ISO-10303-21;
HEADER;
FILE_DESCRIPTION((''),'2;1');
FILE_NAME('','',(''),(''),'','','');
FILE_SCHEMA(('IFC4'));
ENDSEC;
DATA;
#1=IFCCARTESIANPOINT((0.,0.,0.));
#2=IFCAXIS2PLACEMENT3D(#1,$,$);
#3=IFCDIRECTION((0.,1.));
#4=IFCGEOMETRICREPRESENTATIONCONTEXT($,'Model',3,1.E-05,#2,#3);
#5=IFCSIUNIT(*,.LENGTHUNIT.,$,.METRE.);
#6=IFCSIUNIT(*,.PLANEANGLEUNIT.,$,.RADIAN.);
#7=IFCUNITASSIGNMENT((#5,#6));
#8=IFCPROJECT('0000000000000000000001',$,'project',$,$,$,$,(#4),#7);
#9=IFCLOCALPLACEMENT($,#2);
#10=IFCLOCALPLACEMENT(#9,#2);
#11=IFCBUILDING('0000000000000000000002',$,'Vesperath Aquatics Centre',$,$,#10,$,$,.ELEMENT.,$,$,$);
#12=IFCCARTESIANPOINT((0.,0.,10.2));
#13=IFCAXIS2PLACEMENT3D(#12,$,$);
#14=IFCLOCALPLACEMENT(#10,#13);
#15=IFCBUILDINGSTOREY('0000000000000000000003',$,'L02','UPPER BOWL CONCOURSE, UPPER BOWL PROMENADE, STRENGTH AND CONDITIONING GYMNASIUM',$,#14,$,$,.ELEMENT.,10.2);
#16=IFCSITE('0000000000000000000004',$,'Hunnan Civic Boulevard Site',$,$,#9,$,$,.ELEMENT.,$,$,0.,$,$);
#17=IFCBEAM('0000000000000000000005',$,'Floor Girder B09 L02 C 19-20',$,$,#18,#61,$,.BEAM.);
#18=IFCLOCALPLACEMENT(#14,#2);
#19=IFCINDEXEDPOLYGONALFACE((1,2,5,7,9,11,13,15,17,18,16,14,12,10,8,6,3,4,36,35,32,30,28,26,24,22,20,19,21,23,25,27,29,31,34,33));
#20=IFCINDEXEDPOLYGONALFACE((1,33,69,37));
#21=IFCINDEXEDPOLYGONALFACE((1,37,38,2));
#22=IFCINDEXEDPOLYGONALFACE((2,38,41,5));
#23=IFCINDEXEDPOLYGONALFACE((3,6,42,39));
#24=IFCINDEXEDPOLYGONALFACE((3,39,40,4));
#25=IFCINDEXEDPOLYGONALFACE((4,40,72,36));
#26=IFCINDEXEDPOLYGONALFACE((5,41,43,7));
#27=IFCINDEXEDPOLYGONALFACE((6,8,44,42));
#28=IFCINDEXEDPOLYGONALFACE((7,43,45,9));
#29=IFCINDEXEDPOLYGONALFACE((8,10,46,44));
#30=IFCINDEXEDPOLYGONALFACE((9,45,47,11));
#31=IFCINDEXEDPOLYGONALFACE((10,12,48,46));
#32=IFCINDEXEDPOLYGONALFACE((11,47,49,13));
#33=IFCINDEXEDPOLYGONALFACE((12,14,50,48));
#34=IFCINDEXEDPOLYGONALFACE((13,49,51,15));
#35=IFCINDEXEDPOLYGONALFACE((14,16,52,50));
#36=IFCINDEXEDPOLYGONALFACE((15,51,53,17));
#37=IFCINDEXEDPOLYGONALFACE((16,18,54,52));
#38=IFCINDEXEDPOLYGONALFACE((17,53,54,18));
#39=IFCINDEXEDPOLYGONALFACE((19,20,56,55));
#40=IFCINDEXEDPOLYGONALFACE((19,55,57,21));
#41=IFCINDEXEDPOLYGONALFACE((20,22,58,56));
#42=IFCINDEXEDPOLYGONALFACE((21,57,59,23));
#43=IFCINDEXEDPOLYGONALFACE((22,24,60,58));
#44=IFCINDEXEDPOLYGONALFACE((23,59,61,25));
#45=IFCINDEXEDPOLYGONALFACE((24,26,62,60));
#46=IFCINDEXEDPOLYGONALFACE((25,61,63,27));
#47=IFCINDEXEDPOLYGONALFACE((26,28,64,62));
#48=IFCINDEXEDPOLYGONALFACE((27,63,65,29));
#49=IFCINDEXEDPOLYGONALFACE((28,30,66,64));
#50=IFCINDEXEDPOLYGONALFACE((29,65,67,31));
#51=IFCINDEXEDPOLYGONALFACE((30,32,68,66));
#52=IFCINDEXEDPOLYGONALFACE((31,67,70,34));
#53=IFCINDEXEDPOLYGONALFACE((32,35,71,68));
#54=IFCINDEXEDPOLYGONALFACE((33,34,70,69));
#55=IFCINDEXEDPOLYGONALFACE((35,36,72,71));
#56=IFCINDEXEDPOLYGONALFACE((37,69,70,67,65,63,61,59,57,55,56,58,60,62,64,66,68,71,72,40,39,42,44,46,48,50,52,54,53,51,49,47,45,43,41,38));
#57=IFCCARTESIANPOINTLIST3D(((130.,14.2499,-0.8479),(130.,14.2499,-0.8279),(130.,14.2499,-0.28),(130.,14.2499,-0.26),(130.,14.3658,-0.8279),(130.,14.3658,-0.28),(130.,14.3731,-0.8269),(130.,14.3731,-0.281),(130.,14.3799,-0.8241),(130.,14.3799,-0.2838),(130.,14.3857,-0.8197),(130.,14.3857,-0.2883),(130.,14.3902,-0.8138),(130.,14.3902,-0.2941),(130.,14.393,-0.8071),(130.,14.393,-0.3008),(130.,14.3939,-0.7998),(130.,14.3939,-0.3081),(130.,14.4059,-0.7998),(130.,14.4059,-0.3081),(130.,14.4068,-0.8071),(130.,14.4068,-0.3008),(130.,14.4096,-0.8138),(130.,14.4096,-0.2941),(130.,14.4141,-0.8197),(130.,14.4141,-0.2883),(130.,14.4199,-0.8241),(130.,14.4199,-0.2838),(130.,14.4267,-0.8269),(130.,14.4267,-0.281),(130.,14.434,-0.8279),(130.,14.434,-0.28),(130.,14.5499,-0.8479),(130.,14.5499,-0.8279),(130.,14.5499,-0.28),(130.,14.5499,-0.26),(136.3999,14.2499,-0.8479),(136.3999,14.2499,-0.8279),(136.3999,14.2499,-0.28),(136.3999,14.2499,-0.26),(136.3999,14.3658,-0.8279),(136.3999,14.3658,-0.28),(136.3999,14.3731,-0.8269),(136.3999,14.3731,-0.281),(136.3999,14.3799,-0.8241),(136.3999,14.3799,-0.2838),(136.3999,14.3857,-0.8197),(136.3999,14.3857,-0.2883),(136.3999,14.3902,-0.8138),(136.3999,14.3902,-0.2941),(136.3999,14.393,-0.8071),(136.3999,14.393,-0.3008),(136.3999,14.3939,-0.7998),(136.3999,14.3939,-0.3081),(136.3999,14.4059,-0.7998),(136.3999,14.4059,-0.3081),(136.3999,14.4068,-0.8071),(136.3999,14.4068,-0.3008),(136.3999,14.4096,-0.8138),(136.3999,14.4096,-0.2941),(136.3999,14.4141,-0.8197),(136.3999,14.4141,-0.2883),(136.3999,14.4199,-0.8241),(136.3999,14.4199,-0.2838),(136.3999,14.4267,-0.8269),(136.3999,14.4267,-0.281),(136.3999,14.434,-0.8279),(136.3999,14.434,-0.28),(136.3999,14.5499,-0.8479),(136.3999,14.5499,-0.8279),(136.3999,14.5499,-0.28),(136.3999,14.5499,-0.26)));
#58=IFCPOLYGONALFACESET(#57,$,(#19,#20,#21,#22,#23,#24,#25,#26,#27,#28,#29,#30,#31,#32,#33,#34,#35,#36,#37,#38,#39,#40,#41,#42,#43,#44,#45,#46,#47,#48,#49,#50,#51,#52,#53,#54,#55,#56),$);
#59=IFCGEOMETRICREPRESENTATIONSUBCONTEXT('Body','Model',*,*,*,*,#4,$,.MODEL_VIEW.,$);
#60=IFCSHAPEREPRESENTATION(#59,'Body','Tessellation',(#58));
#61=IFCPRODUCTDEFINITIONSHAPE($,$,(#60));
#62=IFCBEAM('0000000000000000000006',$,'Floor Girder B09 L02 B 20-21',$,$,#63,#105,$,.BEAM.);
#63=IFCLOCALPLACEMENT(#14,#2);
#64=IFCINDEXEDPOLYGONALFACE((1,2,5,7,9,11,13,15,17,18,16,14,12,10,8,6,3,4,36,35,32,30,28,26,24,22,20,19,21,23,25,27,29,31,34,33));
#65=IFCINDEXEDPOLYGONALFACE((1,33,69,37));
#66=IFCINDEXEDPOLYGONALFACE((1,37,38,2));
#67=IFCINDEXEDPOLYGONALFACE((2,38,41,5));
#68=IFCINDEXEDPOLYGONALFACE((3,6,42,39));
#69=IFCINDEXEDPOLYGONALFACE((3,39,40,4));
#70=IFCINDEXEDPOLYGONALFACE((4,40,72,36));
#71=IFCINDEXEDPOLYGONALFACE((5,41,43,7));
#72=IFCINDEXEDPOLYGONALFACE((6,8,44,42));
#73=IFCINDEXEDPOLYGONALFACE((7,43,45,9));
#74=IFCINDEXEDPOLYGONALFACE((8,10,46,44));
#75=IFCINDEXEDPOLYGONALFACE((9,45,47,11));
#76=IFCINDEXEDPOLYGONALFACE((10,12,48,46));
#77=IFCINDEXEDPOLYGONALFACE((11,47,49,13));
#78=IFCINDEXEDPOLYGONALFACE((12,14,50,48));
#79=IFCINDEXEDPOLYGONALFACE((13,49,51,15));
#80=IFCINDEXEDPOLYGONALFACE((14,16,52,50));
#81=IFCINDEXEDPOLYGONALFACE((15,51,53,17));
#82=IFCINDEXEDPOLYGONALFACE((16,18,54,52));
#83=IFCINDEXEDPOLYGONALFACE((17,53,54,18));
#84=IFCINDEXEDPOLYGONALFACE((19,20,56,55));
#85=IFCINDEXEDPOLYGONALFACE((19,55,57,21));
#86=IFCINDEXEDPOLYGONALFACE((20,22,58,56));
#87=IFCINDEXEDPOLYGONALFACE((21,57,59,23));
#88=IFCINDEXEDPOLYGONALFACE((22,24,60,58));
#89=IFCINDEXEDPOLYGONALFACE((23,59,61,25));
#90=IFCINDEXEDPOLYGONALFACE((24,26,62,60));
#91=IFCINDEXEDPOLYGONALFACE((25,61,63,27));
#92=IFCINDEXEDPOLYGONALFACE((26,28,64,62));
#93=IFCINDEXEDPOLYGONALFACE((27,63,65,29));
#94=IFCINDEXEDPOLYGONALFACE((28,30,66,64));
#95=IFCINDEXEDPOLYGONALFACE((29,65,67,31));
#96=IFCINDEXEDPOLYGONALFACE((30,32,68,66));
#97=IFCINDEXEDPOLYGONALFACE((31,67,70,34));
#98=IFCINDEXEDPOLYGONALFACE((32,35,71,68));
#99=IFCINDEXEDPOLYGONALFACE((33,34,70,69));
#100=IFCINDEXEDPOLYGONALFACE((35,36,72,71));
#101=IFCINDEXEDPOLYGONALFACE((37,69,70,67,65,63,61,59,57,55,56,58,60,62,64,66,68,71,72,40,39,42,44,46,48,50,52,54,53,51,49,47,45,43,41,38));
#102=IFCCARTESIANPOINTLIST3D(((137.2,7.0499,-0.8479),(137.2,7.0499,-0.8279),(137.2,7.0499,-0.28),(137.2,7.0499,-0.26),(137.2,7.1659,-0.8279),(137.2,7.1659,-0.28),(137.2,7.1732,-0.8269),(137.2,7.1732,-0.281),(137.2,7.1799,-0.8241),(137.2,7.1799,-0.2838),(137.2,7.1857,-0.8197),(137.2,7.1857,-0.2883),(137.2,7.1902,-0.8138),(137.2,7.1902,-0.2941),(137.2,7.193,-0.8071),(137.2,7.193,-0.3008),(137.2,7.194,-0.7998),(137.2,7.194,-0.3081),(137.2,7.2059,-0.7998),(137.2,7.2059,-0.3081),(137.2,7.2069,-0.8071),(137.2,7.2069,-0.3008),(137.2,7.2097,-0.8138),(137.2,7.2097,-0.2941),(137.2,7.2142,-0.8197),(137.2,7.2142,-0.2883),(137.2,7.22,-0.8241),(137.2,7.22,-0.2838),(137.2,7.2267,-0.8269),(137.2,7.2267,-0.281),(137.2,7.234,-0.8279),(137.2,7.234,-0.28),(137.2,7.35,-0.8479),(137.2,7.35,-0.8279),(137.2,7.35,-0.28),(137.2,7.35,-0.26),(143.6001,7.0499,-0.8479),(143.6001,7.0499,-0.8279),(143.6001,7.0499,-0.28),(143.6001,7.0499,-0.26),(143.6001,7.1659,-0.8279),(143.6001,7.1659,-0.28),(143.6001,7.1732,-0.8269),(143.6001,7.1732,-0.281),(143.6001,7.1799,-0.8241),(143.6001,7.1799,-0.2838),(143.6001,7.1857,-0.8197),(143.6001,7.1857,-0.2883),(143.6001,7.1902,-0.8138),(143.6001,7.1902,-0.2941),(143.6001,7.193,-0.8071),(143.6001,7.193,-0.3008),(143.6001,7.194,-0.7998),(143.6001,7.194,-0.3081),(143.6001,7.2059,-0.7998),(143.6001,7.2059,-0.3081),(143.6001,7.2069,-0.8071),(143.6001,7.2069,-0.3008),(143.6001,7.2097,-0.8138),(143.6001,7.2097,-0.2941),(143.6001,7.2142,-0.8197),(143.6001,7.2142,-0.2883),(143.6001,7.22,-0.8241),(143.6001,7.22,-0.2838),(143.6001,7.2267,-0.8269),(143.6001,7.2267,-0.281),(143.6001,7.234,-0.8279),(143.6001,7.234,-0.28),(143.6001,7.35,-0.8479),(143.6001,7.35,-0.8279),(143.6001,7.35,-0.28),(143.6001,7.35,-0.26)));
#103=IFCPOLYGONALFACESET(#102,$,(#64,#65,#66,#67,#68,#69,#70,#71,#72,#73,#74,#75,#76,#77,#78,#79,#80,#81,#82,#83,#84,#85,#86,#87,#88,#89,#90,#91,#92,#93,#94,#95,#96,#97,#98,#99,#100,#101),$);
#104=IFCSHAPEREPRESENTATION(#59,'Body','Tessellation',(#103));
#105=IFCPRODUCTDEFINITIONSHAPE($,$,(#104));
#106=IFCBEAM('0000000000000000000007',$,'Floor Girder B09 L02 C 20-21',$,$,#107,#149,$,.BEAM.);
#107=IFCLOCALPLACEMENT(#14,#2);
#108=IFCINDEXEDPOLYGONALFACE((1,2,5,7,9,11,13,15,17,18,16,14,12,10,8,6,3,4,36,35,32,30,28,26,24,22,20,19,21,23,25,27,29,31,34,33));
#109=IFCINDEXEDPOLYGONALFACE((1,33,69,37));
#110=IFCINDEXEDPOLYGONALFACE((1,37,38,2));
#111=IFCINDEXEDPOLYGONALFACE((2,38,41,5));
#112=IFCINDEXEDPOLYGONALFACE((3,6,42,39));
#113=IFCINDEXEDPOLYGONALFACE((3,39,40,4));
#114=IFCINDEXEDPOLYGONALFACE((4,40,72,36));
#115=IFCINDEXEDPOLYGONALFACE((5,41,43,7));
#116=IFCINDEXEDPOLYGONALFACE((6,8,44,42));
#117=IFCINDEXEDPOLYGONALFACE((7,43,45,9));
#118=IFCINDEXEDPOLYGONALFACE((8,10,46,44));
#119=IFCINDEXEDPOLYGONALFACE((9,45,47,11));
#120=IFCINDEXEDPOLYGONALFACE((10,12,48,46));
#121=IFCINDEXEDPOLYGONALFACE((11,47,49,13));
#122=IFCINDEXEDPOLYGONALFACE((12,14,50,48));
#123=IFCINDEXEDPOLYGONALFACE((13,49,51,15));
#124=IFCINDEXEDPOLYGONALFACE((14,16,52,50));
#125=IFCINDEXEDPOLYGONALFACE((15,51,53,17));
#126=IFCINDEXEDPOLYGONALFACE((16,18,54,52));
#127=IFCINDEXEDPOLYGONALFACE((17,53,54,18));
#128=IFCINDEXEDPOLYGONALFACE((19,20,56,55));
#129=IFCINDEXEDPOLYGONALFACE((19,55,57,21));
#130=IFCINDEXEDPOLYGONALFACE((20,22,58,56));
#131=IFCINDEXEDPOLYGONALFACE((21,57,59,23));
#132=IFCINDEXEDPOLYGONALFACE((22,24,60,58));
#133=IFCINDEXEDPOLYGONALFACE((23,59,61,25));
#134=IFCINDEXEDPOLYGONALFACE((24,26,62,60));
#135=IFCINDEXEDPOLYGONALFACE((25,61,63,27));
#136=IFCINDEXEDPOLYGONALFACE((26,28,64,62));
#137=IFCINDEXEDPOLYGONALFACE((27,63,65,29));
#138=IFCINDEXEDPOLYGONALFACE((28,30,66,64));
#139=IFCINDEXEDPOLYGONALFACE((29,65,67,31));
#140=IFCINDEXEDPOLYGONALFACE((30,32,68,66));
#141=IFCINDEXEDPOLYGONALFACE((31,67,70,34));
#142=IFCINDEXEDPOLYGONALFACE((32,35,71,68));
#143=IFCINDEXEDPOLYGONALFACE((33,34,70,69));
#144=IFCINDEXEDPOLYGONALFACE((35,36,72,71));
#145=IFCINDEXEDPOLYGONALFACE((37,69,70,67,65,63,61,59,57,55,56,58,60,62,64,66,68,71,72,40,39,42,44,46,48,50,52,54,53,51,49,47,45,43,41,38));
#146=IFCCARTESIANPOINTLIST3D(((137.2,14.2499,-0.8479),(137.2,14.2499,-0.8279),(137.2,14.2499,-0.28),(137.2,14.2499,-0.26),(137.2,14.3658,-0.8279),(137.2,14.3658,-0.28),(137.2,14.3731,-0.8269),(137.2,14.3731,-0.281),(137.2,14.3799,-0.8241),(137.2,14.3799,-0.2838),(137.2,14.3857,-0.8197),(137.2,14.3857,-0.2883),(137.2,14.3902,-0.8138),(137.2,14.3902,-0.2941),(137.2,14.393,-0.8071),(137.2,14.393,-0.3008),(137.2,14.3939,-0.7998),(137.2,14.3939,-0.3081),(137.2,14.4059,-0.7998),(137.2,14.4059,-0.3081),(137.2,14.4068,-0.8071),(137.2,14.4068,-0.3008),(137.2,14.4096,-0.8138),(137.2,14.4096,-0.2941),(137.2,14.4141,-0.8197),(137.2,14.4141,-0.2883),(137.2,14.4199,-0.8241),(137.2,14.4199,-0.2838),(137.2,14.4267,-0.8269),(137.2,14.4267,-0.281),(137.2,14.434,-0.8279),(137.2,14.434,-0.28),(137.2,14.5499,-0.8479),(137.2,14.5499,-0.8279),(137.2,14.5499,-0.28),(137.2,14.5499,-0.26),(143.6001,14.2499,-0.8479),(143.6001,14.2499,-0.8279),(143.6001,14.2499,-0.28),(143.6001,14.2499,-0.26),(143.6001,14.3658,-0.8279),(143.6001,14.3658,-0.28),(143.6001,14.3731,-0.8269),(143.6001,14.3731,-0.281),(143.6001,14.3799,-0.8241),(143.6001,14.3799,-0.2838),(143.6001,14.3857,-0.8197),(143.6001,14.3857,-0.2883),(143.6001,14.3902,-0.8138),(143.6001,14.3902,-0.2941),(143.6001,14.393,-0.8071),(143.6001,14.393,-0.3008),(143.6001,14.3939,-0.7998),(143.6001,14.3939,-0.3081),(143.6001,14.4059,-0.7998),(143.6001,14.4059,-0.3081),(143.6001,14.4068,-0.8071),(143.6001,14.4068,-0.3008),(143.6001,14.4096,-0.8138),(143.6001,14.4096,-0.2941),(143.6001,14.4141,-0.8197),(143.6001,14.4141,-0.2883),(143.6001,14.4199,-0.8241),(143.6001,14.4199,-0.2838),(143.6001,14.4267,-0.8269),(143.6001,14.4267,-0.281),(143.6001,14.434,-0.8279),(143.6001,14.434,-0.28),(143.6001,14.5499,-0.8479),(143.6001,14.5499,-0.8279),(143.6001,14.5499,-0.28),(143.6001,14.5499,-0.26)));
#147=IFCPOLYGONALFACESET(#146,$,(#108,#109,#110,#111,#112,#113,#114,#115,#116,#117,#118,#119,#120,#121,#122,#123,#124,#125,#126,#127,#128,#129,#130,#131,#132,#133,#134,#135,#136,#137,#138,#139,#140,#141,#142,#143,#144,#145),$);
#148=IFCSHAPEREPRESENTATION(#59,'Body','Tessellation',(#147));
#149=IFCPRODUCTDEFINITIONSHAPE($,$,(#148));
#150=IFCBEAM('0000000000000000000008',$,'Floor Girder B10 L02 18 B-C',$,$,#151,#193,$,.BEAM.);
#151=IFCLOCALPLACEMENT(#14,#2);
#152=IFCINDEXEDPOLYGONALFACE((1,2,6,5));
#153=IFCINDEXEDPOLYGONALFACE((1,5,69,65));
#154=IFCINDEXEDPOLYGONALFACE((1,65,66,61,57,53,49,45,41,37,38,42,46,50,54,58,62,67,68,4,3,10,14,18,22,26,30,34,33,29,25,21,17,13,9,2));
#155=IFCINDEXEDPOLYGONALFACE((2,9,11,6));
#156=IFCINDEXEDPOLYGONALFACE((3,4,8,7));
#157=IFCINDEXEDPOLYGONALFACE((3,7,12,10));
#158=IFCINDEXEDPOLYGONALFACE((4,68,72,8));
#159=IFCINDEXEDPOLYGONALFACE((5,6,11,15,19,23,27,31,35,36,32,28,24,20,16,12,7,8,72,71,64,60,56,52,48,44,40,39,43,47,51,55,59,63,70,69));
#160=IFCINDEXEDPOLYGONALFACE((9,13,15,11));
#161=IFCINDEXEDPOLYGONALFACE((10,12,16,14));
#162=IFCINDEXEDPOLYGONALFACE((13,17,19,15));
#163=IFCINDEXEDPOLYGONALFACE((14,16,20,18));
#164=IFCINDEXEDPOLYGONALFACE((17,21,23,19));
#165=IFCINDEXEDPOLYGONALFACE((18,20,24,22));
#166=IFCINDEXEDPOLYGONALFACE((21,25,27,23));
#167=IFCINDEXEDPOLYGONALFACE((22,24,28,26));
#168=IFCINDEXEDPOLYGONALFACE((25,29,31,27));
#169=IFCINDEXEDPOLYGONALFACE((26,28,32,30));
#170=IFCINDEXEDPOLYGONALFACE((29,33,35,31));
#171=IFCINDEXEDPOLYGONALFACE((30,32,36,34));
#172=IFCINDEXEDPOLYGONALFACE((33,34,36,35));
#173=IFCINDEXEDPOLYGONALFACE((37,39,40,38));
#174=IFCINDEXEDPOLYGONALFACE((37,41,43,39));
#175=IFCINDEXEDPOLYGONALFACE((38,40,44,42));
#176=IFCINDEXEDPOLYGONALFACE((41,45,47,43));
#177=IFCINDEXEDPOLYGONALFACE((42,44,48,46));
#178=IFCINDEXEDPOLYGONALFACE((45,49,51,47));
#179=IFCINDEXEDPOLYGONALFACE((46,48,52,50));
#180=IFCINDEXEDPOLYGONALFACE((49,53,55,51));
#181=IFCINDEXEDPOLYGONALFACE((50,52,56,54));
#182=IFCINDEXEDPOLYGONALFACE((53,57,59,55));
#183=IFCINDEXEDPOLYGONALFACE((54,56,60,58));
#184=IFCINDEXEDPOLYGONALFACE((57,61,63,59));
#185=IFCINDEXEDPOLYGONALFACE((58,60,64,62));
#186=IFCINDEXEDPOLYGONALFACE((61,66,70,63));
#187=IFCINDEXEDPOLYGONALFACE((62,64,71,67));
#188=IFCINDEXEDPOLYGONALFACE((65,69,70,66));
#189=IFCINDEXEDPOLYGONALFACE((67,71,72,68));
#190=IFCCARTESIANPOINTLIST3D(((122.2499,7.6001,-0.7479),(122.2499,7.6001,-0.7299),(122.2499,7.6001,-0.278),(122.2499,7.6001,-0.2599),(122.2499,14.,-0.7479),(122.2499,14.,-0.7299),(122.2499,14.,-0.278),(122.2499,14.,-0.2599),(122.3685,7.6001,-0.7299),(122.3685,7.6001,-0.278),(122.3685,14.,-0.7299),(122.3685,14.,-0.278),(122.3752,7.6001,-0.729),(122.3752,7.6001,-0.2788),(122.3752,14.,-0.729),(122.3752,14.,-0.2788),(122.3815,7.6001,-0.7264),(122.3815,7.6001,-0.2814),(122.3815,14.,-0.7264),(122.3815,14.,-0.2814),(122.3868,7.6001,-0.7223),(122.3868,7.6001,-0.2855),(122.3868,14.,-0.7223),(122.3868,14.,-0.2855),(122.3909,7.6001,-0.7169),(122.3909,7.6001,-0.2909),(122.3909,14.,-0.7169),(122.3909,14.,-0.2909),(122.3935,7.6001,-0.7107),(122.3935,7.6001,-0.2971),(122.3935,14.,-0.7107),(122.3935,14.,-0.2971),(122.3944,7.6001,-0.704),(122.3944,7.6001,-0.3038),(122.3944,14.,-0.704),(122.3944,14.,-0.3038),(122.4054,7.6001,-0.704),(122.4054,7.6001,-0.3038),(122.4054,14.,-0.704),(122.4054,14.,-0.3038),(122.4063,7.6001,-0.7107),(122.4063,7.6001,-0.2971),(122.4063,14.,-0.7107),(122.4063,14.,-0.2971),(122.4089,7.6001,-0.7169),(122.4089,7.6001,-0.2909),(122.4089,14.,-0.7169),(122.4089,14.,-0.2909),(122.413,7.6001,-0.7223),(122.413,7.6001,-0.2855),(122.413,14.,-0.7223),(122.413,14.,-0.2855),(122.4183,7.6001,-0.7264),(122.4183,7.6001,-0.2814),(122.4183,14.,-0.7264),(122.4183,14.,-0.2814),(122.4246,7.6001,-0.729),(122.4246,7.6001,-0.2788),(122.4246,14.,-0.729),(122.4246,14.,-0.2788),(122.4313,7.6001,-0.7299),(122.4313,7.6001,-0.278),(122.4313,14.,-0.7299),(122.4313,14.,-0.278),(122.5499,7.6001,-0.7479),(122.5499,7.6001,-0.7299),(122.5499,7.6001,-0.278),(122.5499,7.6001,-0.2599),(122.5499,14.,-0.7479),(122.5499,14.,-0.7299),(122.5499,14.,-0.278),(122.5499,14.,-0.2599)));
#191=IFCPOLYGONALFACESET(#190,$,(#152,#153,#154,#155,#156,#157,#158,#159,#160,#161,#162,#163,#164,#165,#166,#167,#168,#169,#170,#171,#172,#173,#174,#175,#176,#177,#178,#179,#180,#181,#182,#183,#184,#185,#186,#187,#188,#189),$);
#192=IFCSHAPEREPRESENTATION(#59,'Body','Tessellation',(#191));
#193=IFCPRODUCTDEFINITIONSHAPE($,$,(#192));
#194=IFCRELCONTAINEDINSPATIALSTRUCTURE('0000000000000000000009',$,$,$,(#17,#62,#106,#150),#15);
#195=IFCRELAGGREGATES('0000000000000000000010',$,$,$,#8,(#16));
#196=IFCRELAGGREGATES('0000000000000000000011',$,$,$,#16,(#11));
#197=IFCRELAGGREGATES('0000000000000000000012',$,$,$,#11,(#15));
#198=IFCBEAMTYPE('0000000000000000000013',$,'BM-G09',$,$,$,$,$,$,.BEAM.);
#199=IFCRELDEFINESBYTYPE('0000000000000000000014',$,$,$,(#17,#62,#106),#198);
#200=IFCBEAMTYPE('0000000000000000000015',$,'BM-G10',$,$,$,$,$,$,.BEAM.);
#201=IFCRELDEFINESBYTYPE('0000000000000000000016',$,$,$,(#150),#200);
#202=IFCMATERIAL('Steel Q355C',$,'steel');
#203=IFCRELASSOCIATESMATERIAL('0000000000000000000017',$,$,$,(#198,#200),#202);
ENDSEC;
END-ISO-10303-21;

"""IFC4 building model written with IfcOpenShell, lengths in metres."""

from ifc_helpers import new_model, si_unit, direction, frame, origin, origin_2d, place, context, subcontext, project, spatial, i_section, extrude, material, material_profile, profile_set, type_object, element, save


model = new_model("IFC4")

# Units and contexts
model_context = context("Model", 3, precision=1e-05, world=origin(), true_north=direction((0.0, 1.0)))
body_context = subcontext(model_context, "Body", "Model", "MODEL_VIEW")
ifc_project = project(units=[si_unit("LENGTHUNIT", "METRE"), si_unit("PLANEANGLEUNIT", "RADIAN")], contexts=[model_context])

# Site, building, storey
site_placement = place(None, origin())
site = spatial("IfcSite", under=ifc_project, at=site_placement, Name="Hunnan Civic Boulevard Site", CompositionType="ELEMENT", RefElevation=0.0)
building_placement = place(site_placement, origin())
building = spatial("IfcBuilding", under=site, at=building_placement, Name="Vesperath Aquatics Centre", CompositionType="ELEMENT")
storey_placement = place(building_placement, frame((0.0, 0.0, 10.2)))
storey = spatial("IfcBuildingStorey", under=building, at=storey_placement, Name="L02", Description="UPPER BOWL CONCOURSE, UPPER BOWL PROMENADE, STRENGTH AND CONDITIONING GYMNASIUM", CompositionType="ELEMENT", Elevation=10.2)

# Beams
ifc_material_1 = material(Name="Steel Q355C", Category="steel")
ifc_material_profile_1 = material_profile(ifc_material_1, i_section(OverallWidth=0.3, OverallDepth=0.5879, WebThickness=0.012, FlangeThickness=0.02, FilletRadius=0.0281, at=origin_2d()), Name="HM 588x300x12x20")
ifc_profile_set_1 = profile_set([ifc_material_profile_1], Name="Steel Q355C")
beam_type_1 = type_object("IfcBeamType", Name="BM-G09", PredefinedType="BEAM", material=ifc_profile_set_1)
for number, where, z_axis, x_axis, name in (
    (1, (130.0, 14.3999, -0.554), (1.0, 0.0, 0.0), (0.0, 1.0, 0.0), "Floor Girder B09 L02 C 19-20"),
):
    element("IfcBeam", number, at=place(storey_placement, frame(where, z_axis=z_axis, x_axis=x_axis)), inside=storey, type_object=beam_type_1, Name=name, PredefinedType="BEAM", context=body_context, shape_type="SweptSolid", body=[
        extrude(i_section(OverallWidth=0.3, OverallDepth=0.5879, WebThickness=0.012, FlangeThickness=0.02, FilletRadius=0.0281, at=origin_2d()), origin(), (0.0, 0.0, 1.0), 6.3999),
    ])
for number, where, z_axis, x_axis, name in (
    (2, (137.2, 7.2, -0.554), (1.0, 0.0, 0.0), (0.0, 1.0, 0.0), "Floor Girder B09 L02 B 20-21"),
    (3, (137.2, 14.3999, -0.554), (1.0, 0.0, 0.0), (0.0, 1.0, 0.0), "Floor Girder B09 L02 C 20-21"),
):
    element("IfcBeam", number, at=place(storey_placement, frame(where, z_axis=z_axis, x_axis=x_axis)), inside=storey, type_object=beam_type_1, Name=name, PredefinedType="BEAM", context=body_context, shape_type="SweptSolid", body=[
        extrude(i_section(OverallWidth=0.3, OverallDepth=0.5879, WebThickness=0.012, FlangeThickness=0.02, FilletRadius=0.0281, at=origin_2d()), origin(), (0.0, 0.0, 1.0), 6.4001),
    ])
ifc_material_profile_2 = material_profile(ifc_material_1, i_section(OverallWidth=0.3, OverallDepth=0.488, WebThickness=0.011, FlangeThickness=0.0181, FilletRadius=0.0259, at=origin_2d()), Name="HM 488x300x11x18")
ifc_profile_set_2 = profile_set([ifc_material_profile_2], Name="Steel Q355C")
beam_type_2 = type_object("IfcBeamType", Name="BM-G10", PredefinedType="BEAM", material=ifc_profile_set_2)
for number, where, z_axis, x_axis, name in (
    (4, (122.3999, 7.6001, -0.5039), (0.0, 1.0, 0.0), (-1.0, 0.0, 0.0), "Floor Girder B10 L02 18 B-C"),
):
    element("IfcBeam", number, at=place(storey_placement, frame(where, z_axis=z_axis, x_axis=x_axis)), inside=storey, type_object=beam_type_2, Name=name, PredefinedType="BEAM", context=body_context, shape_type="SweptSolid", body=[
        extrude(i_section(OverallWidth=0.3, OverallDepth=0.488, WebThickness=0.011, FlangeThickness=0.0181, FilletRadius=0.0259, at=origin_2d()), origin(), (0.0, 0.0, 1.0), 6.3999),
    ])

save(model, "model.ifc")
